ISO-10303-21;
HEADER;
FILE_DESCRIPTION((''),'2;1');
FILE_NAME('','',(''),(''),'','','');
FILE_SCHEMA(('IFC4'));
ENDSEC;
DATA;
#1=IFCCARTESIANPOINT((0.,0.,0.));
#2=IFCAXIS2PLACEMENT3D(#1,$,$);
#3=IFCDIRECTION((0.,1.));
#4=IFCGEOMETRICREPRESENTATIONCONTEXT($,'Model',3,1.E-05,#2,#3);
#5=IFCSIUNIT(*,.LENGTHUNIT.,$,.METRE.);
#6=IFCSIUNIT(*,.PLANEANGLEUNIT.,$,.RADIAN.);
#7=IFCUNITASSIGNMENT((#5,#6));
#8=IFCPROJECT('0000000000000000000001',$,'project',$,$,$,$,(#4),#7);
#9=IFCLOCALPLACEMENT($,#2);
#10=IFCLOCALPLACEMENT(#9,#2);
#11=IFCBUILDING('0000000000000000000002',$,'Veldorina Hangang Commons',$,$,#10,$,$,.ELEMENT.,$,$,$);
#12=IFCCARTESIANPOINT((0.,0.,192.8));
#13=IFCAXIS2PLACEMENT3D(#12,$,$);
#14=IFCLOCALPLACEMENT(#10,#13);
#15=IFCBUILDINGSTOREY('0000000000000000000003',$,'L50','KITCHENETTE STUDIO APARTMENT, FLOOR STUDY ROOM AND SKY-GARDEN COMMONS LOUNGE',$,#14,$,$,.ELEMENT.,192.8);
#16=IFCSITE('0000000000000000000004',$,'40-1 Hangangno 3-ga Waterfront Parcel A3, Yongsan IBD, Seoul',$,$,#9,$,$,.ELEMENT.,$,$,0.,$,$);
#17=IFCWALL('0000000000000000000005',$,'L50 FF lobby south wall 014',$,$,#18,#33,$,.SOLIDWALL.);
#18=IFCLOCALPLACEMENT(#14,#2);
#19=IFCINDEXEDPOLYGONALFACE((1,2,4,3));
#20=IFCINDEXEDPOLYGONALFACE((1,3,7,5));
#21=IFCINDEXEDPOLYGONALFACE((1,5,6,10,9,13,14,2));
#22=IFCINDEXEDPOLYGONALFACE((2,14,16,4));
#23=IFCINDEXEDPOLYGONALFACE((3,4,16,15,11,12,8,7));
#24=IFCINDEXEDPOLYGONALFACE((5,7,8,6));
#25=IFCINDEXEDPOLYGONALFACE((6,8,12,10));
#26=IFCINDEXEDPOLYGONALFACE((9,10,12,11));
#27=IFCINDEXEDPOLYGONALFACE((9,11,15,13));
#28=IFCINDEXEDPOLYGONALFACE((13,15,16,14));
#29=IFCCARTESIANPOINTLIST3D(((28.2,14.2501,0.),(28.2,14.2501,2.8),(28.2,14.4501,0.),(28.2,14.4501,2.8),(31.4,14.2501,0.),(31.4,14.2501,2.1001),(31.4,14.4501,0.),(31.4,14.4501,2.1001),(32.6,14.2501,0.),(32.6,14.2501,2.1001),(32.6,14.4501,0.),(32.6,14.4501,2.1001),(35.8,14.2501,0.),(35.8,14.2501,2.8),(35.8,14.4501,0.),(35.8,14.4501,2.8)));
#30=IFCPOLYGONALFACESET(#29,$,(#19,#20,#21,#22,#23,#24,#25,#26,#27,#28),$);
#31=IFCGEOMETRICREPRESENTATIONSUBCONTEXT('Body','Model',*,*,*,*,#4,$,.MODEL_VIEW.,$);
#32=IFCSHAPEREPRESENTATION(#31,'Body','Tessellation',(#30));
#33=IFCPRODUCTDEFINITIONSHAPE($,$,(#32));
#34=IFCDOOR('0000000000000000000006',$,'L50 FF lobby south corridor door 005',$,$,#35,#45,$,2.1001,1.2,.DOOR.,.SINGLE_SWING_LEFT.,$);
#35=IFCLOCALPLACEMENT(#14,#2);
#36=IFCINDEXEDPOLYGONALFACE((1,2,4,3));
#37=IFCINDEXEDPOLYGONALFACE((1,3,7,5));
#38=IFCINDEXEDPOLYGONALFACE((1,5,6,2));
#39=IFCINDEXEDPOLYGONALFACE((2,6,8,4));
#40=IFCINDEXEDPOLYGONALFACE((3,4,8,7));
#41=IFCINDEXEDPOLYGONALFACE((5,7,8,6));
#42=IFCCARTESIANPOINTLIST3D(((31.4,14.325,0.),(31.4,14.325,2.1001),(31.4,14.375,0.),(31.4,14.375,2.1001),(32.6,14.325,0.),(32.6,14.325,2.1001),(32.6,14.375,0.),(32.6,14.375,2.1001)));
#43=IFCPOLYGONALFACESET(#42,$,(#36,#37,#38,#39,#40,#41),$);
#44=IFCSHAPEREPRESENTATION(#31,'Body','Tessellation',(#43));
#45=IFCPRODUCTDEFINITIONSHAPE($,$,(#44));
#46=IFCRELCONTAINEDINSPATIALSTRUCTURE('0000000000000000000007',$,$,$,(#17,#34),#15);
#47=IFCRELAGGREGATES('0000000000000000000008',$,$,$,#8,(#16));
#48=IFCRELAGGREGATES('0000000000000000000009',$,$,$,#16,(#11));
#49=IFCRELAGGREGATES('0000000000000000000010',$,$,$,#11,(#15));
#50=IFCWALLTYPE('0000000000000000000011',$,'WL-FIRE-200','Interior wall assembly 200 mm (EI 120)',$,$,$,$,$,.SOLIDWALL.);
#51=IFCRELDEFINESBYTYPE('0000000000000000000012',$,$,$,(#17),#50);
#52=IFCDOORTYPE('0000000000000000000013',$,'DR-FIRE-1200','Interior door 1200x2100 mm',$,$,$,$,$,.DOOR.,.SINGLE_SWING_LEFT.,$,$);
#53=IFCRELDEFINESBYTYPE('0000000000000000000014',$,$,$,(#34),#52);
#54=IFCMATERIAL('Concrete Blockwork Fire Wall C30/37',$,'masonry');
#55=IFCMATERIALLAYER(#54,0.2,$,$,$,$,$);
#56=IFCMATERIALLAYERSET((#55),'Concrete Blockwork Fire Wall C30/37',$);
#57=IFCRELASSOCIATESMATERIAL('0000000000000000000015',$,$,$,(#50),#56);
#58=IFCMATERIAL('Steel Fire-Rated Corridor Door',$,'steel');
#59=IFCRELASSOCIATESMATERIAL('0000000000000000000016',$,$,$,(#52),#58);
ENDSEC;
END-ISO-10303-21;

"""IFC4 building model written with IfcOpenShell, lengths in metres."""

from ifc_helpers import new_model, si_unit, direction, frame, frame_2d, origin, place, context, subcontext, project, spatial, rectangle, extrude, material, layer, layer_set, type_object, element, fill, save


model = new_model("IFC4")

# Units and contexts
model_context = context("Model", 3, precision=1e-05, world=origin(), true_north=direction((0.0, 1.0)))
body_context = subcontext(model_context, "Body", "Model", "MODEL_VIEW")
ifc_project = project(units=[si_unit("LENGTHUNIT", "METRE"), si_unit("PLANEANGLEUNIT", "RADIAN")], contexts=[model_context])

# Site, building, storey
site_placement = place(None, origin())
site = spatial("IfcSite", under=ifc_project, at=site_placement, Name="40-1 Hangangno 3-ga Waterfront Parcel A3, Yongsan IBD, Seoul", CompositionType="ELEMENT", RefElevation=0.0)
building_placement = place(site_placement, origin())
building = spatial("IfcBuilding", under=site, at=building_placement, Name="Veldorina Hangang Commons", CompositionType="ELEMENT")
storey_placement = place(building_placement, frame((0.0, 0.0, 192.8)))
storey = spatial("IfcBuildingStorey", under=building, at=storey_placement, Name="L50", Description="KITCHENETTE STUDIO APARTMENT, FLOOR STUDY ROOM AND SKY-GARDEN COMMONS LOUNGE", CompositionType="ELEMENT", Elevation=192.8)

# Shared definitions
ifc_material_1 = material(Name="Concrete Blockwork Fire Wall C30/37", Category="masonry")
ifc_layer_1 = layer(ifc_material_1, 0.2)
ifc_layer_set_1 = layer_set([ifc_layer_1], Name="Concrete Blockwork Fire Wall C30/37")
wall_type_1 = type_object("IfcWallType", Name="WL-FIRE-200", Description="Interior wall assembly 200 mm (EI 120)", PredefinedType="SOLIDWALL", material=ifc_layer_set_1)

# Wall, opening, door
wall_1_placement = place(storey_placement, frame((28.2, 14.3501, 0.0), z_axis=(0.0, 0.0, 1.0), x_axis=(1.0, 0.0, 0.0)))
wall_1 = element("IfcWall", 1, at=wall_1_placement, inside=storey, type_object=wall_type_1, Name="L50 FF lobby south wall 014", PredefinedType="SOLIDWALL", context=body_context, shape_type="SweptSolid", body=[
    extrude(rectangle(XDim=7.6001, YDim=0.2, at=frame_2d((3.8, 0.0))), origin(), (0.0, 0.0, 1.0), 2.8),
])
opening_1_placement = place(wall_1_placement, frame((3.2, 0.0, 0.0)))
opening_1 = element("IfcOpeningElement", 2, at=opening_1_placement, cuts=wall_1, PredefinedType="OPENING", context=body_context, shape_type="SweptSolid", body=[
    extrude(rectangle(XDim=1.2, YDim=2.1001, at=frame_2d((0.6001, 1.05))), frame((0.0, 0.1099, 0.0), z_axis=(0.0, -1.0, 0.0), x_axis=(1.0, 0.0, 0.0)), (0.0, 0.0, 1.0), 0.22),
])
ifc_material_2 = material(Name="Steel Fire-Rated Corridor Door", Category="steel")
door_type_1 = type_object("IfcDoorType", Name="DR-FIRE-1200", Description="Interior door 1200x2100 mm", OperationType="SINGLE_SWING_LEFT", PredefinedType="DOOR", material=ifc_material_2)
door_1_placement = place(opening_1_placement, origin())
door_1 = element("IfcDoor", 3, at=door_1_placement, inside=storey, type_object=door_type_1, Name="L50 FF lobby south corridor door 005", OperationType="SINGLE_SWING_LEFT", OverallHeight=2.1001, OverallWidth=1.2, PredefinedType="DOOR", context=body_context, shape_type="SweptSolid", body=[
    extrude(rectangle(XDim=1.2, YDim=2.1001, at=frame_2d((0.6001, 1.05))), frame((0.0, 0.0249, 0.0), z_axis=(0.0, -1.0, 0.0), x_axis=(1.0, 0.0, 0.0)), (0.0, 0.0, 1.0), 0.05),
])
fill(opening_1, door_1)

save(model, "model.ifc")
